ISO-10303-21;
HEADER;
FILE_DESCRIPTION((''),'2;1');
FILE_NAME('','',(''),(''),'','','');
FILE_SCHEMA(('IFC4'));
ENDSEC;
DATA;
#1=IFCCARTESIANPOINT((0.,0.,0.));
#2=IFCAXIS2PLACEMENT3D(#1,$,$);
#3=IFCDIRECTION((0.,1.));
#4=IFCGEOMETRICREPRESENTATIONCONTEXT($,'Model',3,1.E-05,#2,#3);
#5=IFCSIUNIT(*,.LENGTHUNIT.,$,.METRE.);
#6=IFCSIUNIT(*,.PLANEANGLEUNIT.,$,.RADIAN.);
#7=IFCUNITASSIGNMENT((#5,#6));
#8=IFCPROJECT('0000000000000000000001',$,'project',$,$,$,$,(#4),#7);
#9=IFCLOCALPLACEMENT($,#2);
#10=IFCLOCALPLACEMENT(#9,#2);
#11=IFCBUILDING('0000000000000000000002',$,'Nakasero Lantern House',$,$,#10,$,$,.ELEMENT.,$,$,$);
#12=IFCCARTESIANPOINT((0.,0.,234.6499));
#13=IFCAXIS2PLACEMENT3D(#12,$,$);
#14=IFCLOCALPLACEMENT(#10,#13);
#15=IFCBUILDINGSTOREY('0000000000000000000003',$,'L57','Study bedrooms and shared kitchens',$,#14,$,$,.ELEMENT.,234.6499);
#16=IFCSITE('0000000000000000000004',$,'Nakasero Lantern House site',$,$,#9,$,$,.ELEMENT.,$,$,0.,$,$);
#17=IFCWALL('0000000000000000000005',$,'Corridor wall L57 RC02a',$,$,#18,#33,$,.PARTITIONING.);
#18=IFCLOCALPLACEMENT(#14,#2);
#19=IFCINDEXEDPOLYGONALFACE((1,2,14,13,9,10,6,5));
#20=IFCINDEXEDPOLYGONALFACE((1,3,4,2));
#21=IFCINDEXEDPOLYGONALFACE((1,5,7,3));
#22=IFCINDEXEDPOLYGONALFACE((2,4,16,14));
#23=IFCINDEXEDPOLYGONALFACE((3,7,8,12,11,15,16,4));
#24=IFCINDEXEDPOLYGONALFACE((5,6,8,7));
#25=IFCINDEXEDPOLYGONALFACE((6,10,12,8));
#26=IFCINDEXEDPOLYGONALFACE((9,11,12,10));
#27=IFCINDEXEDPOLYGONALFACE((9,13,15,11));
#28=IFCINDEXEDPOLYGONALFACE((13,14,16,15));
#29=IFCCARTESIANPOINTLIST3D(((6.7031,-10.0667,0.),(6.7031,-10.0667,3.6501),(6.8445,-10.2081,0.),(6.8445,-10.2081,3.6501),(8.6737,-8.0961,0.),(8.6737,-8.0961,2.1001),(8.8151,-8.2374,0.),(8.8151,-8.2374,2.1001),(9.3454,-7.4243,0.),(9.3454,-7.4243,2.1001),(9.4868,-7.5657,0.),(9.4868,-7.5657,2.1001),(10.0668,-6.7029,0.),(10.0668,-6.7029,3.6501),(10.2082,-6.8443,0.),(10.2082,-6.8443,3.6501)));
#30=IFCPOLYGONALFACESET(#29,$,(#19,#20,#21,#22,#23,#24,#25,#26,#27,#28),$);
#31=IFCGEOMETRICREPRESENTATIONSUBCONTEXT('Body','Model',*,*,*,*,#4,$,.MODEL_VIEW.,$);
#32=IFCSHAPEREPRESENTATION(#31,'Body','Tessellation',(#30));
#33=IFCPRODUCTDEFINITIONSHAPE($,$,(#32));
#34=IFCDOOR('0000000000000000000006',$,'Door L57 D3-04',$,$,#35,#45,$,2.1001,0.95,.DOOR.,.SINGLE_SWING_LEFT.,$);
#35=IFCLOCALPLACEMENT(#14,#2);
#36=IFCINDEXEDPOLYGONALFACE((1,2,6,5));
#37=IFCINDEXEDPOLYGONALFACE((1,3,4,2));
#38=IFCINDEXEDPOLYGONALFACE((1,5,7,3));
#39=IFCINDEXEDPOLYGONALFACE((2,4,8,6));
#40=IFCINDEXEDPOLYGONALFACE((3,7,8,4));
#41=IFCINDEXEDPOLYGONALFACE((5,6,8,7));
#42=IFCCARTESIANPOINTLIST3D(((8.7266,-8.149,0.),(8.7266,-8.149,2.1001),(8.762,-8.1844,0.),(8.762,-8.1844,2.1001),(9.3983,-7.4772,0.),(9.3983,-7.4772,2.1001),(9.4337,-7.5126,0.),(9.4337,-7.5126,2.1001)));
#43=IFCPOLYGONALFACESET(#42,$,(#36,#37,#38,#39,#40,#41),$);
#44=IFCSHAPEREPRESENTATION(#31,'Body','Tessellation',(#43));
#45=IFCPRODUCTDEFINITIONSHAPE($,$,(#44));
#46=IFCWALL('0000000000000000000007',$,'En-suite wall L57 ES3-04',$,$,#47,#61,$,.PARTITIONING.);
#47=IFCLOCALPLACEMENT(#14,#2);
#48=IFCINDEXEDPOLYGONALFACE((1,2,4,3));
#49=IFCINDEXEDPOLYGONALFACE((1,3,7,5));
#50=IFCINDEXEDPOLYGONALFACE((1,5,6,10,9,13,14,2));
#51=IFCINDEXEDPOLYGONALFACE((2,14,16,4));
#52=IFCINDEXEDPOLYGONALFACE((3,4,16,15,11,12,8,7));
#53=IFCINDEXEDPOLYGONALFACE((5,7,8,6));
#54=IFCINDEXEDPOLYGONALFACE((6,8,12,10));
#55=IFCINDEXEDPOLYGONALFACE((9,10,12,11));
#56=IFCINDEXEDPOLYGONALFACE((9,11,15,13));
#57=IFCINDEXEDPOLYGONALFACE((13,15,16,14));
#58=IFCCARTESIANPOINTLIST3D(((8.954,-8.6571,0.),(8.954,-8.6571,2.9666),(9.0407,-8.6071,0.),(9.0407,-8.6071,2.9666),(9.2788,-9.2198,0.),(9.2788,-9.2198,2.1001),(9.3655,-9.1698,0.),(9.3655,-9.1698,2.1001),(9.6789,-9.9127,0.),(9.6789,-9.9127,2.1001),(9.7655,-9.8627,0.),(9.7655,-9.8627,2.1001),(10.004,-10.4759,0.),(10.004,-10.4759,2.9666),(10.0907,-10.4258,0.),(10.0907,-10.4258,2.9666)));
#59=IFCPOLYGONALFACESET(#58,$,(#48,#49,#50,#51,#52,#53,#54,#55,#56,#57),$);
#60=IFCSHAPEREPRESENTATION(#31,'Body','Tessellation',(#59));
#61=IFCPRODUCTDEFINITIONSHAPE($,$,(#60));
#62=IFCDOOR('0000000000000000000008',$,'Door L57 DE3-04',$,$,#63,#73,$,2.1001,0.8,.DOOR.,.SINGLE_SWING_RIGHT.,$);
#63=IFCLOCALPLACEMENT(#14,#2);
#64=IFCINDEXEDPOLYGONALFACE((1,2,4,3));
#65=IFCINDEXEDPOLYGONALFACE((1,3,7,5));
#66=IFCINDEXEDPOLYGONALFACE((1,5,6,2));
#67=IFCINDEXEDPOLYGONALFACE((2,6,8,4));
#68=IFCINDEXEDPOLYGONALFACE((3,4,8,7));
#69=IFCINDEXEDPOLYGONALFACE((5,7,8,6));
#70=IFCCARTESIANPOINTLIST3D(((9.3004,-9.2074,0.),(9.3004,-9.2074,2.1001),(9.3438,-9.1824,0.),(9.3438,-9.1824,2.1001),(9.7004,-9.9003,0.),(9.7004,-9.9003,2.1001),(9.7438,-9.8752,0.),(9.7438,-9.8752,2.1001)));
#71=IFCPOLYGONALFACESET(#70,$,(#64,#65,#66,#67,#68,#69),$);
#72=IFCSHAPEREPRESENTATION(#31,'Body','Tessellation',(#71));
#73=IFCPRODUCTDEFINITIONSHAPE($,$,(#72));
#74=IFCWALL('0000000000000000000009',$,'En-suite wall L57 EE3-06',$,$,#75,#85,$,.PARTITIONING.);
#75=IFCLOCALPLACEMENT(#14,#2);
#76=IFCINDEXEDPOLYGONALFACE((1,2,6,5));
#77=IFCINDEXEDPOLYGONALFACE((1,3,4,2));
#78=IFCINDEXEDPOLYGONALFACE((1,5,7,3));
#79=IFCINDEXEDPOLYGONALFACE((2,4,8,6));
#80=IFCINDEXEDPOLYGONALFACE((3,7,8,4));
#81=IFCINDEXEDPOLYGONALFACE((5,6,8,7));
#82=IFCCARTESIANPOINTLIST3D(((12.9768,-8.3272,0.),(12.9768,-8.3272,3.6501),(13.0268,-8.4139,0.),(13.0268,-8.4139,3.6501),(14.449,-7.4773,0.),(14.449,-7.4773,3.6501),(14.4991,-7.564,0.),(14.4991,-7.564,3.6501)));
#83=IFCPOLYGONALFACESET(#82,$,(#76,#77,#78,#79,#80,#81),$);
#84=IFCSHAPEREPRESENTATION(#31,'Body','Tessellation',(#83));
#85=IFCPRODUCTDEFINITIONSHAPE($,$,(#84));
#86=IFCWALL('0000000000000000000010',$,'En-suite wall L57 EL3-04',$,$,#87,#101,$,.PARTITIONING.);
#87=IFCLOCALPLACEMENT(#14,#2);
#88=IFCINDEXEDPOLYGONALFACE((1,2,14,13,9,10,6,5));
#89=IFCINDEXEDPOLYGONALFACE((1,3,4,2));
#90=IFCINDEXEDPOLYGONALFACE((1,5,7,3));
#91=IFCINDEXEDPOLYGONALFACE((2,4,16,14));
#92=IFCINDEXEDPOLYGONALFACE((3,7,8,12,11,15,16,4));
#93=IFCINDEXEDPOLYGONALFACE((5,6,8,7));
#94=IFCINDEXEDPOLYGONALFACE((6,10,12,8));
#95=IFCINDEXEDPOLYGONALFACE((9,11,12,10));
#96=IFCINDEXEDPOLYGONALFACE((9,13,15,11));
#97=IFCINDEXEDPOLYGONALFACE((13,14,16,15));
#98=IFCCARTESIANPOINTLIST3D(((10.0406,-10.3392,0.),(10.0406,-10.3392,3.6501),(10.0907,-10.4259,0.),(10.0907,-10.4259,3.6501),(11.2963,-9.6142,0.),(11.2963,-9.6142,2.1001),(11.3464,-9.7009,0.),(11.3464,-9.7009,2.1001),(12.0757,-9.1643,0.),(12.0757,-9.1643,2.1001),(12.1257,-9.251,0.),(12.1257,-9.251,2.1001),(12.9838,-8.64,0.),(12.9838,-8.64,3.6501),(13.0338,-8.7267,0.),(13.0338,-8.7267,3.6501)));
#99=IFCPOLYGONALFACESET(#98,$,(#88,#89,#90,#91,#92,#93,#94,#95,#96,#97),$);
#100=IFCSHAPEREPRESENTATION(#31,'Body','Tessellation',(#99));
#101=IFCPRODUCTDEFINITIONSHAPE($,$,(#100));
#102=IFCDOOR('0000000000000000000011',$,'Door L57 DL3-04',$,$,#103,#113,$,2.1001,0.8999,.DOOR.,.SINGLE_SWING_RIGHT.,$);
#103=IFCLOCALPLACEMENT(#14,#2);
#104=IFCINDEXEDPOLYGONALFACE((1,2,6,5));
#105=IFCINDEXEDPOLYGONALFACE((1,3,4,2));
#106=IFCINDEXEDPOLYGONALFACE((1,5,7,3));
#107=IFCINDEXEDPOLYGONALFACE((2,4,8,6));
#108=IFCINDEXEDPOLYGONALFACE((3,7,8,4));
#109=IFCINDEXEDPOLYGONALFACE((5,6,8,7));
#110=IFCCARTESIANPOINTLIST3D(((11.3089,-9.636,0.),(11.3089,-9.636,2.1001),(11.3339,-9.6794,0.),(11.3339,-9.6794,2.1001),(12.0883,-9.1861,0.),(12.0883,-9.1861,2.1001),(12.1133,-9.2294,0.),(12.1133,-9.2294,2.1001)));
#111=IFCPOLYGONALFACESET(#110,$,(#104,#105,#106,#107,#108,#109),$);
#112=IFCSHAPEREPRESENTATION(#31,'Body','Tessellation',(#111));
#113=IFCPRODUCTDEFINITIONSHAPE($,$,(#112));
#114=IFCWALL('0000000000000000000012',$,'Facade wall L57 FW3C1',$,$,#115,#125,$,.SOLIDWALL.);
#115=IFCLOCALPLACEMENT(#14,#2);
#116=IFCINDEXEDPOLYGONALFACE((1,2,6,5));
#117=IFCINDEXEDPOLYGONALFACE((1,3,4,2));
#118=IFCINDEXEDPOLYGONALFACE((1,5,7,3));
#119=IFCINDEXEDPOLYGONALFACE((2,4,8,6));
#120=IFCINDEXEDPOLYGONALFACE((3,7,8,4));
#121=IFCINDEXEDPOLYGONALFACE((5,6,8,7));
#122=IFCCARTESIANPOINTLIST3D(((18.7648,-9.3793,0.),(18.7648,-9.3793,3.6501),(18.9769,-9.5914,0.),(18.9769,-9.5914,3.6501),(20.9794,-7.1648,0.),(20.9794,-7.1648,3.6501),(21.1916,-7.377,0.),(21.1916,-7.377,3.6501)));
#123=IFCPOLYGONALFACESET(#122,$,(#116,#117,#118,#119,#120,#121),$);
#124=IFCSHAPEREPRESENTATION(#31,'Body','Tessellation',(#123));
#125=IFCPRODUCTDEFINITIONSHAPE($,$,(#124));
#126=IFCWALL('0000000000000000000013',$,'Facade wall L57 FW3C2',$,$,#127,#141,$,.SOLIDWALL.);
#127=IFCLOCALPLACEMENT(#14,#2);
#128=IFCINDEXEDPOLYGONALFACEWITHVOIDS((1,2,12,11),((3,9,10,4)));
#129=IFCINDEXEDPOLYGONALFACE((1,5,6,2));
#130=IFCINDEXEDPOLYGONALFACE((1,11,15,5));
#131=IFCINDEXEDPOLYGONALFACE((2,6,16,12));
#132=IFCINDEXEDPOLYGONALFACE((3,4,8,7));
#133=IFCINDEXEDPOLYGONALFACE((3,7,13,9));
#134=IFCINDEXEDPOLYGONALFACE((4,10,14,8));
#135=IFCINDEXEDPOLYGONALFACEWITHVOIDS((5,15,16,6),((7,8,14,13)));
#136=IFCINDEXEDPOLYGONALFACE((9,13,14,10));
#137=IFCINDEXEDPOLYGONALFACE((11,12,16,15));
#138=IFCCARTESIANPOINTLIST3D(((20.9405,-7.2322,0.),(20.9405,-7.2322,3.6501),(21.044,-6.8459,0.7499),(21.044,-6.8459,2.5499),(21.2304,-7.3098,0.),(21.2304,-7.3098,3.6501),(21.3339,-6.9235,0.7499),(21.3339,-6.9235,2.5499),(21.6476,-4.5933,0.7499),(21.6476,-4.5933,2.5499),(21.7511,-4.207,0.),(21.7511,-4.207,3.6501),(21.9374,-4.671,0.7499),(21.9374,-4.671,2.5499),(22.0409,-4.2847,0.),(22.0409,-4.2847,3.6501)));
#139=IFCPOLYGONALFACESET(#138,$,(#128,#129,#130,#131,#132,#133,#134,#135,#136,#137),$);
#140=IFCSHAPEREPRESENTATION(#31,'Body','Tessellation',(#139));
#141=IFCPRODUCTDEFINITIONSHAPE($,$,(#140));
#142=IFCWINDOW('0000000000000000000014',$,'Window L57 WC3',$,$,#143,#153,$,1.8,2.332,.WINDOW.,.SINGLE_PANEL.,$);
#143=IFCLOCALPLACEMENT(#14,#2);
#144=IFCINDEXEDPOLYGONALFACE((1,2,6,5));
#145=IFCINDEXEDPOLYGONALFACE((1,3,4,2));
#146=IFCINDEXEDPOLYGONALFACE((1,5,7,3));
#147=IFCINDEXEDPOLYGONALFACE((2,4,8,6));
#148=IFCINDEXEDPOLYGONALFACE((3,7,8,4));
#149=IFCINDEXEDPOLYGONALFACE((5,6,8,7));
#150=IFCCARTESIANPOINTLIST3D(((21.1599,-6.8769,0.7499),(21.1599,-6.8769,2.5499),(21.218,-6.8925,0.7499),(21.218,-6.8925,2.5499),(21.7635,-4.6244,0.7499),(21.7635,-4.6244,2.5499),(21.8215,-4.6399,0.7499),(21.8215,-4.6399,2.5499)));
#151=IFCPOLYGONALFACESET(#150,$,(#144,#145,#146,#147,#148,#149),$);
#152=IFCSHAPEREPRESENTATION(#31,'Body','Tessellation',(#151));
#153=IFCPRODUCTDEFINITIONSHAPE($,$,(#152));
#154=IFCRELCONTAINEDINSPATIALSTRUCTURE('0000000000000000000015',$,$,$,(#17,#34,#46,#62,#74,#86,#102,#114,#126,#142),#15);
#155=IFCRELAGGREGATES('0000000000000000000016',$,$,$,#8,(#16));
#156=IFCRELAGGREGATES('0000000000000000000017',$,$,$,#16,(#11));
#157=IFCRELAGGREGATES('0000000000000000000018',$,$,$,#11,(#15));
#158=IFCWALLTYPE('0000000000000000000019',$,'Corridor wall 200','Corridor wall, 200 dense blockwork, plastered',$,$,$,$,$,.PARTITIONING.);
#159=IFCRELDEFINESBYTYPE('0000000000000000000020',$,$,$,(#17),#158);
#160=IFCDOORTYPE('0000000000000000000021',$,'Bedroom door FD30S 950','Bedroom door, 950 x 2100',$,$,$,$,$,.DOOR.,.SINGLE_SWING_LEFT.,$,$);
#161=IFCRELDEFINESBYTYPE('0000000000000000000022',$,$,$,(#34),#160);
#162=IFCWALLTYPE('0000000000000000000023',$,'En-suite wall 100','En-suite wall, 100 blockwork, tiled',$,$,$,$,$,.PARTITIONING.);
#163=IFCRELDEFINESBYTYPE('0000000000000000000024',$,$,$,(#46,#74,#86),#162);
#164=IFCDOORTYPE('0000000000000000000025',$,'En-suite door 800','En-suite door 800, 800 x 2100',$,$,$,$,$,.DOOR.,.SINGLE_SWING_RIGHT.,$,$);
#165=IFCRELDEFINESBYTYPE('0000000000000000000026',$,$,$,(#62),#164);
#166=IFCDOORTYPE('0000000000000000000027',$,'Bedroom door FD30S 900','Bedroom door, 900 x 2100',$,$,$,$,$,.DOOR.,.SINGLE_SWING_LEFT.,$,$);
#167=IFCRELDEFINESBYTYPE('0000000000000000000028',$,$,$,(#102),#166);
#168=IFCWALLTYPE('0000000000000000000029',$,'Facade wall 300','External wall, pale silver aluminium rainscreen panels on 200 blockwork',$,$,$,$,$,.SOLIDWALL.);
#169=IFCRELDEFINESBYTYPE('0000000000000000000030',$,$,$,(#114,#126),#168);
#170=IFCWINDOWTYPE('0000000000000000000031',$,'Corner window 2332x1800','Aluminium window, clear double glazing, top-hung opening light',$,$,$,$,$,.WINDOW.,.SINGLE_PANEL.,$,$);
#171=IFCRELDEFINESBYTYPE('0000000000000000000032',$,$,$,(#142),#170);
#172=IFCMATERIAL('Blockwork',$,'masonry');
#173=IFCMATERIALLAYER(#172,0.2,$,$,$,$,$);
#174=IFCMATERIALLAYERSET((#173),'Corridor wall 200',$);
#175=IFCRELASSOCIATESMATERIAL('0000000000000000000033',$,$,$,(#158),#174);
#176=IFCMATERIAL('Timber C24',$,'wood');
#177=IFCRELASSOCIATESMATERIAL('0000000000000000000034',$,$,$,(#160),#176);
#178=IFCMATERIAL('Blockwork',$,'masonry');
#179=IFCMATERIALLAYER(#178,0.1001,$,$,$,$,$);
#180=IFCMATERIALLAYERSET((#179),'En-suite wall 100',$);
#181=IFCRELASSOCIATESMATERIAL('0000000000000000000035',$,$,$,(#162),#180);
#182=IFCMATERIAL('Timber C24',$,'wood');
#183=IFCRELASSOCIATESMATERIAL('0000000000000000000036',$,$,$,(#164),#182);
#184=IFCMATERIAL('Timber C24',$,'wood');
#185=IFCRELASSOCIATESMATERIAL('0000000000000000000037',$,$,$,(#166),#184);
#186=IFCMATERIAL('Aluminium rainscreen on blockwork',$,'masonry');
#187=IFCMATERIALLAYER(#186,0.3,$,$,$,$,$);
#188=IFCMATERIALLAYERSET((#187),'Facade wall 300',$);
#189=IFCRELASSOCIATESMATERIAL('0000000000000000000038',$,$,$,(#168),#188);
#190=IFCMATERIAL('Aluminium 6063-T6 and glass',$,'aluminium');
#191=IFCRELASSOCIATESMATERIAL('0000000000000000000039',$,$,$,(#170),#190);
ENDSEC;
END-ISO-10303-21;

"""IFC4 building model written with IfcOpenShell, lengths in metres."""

from ifc_helpers import new_model, si_unit, direction, frame, frame_2d, origin, place, context, subcontext, project, spatial, rectangle, extrude, material, layer, layer_set, type_object, element, fill, save


model = new_model("IFC4")

# Units and contexts
model_context = context("Model", 3, precision=1e-05, world=origin(), true_north=direction((0.0, 1.0)))
body_context = subcontext(model_context, "Body", "Model", "MODEL_VIEW")
ifc_project = project(units=[si_unit("LENGTHUNIT", "METRE"), si_unit("PLANEANGLEUNIT", "RADIAN")], contexts=[model_context])

# Site, building, storey
site_placement = place(None, origin())
site = spatial("IfcSite", under=ifc_project, at=site_placement, Name="Nakasero Lantern House site", CompositionType="ELEMENT", RefElevation=0.0)
building_placement = place(site_placement, origin())
building = spatial("IfcBuilding", under=site, at=building_placement, Name="Nakasero Lantern House", CompositionType="ELEMENT")
storey_placement = place(building_placement, frame((0.0, 0.0, 234.6499)))
storey = spatial("IfcBuildingStorey", under=building, at=storey_placement, Name="L57", Description="Study bedrooms and shared kitchens", CompositionType="ELEMENT", Elevation=234.6499)

# Walls, openings, doors
ifc_material_1 = material(Name="Blockwork", Category="masonry")
ifc_layer_1 = layer(ifc_material_1, 0.2)
ifc_layer_set_1 = layer_set([ifc_layer_1], Name="Corridor wall 200")
wall_type_1 = type_object("IfcWallType", Name="Corridor wall 200", Description="Corridor wall, 200 dense blockwork, plastered", PredefinedType="PARTITIONING", material=ifc_layer_set_1)
wall_1_placement = place(storey_placement, frame((10.1375, -6.7737, 0.0), z_axis=(0.0, 0.0, 1.0), x_axis=(-0.707107, -0.707107, 0.0)))
wall_1 = element("IfcWall", 1, at=wall_1_placement, inside=storey, type_object=wall_type_1, Name="Corridor wall L57 RC02a", PredefinedType="PARTITIONING", context=body_context, shape_type="SweptSolid", body=[
    extrude(rectangle(XDim=4.7571, YDim=0.2, at=frame_2d((2.3784, 0.0))), origin(), (0.0, 0.0, 1.0), 3.6501),
])
opening_1_placement = place(wall_1_placement, frame((1.02, 0.0, 0.0)))
opening_1 = element("IfcOpeningElement", 2, at=opening_1_placement, cuts=wall_1, PredefinedType="OPENING", context=body_context, shape_type="SweptSolid", body=[
    extrude(rectangle(XDim=0.95, YDim=2.1001, at=frame_2d((0.4751, 1.05))), frame((0.0, 0.1199, 0.0), z_axis=(0.0, -1.0, 0.0), x_axis=(1.0, 0.0, 0.0)), (0.0, 0.0, 1.0), 0.24),
])
ifc_material_2 = material(Name="Timber C24", Category="wood")
door_type_1 = type_object("IfcDoorType", Name="Bedroom door FD30S 950", Description="Bedroom door, 950 x 2100", OperationType="SINGLE_SWING_LEFT", PredefinedType="DOOR", material=ifc_material_2)
door_1_placement = place(opening_1_placement, origin())
door_1 = element("IfcDoor", 3, at=door_1_placement, inside=storey, type_object=door_type_1, Name="Door L57 D3-04", OperationType="SINGLE_SWING_LEFT", OverallHeight=2.1001, OverallWidth=0.95, PredefinedType="DOOR", context=body_context, shape_type="SweptSolid", body=[
    extrude(rectangle(XDim=0.95, YDim=2.1001, at=frame_2d((0.4751, 1.05))), frame((0.0, 0.0249, 0.0), z_axis=(0.0, -1.0, 0.0), x_axis=(1.0, 0.0, 0.0)), (0.0, 0.0, 1.0), 0.05),
])
fill(opening_1, door_1)
ifc_material_3 = material(Name="Blockwork", Category="masonry")
ifc_layer_2 = layer(ifc_material_3, 0.1001)
ifc_layer_set_2 = layer_set([ifc_layer_2], Name="En-suite wall 100")
wall_type_2 = type_object("IfcWallType", Name="En-suite wall 100", Description="En-suite wall, 100 blockwork, tiled", PredefinedType="PARTITIONING", material=ifc_layer_set_2)
wall_2_placement = place(storey_placement, frame((8.9973, -8.6321, 0.0), z_axis=(0.0, 0.0, 1.0), x_axis=(0.499977, -0.866038, 0.0)))
wall_2 = element("IfcWall", 4, at=wall_2_placement, inside=storey, type_object=wall_type_2, Name="En-suite wall L57 ES3-04", PredefinedType="PARTITIONING", context=body_context, shape_type="SweptSolid", body=[
    extrude(rectangle(XDim=2.1001, YDim=0.1001, at=frame_2d((1.05, 0.0))), origin(), (0.0, 0.0, 1.0), 2.9666),
])
opening_2_placement = place(wall_2_placement, frame((0.6499, 0.0, 0.0)))
opening_2 = element("IfcOpeningElement", 5, at=opening_2_placement, cuts=wall_2, PredefinedType="OPENING", context=body_context, shape_type="SweptSolid", body=[
    extrude(rectangle(XDim=0.8, YDim=2.1001, at=frame_2d((0.3999, 1.05))), frame((0.0, 0.0701, 0.0), z_axis=(0.0, -1.0, 0.0), x_axis=(1.0, 0.0, 0.0)), (0.0, 0.0, 1.0), 0.1401),
])
ifc_material_4 = material(Name="Timber C24", Category="wood")
door_type_2 = type_object("IfcDoorType", Name="En-suite door 800", Description="En-suite door 800, 800 x 2100", OperationType="SINGLE_SWING_RIGHT", PredefinedType="DOOR", material=ifc_material_4)
door_2_placement = place(opening_2_placement, origin())
door_2 = element("IfcDoor", 6, at=door_2_placement, inside=storey, type_object=door_type_2, Name="Door L57 DE3-04", OperationType="SINGLE_SWING_RIGHT", OverallHeight=2.1001, OverallWidth=0.8, PredefinedType="DOOR", context=body_context, shape_type="SweptSolid", body=[
    extrude(rectangle(XDim=0.8, YDim=2.1001, at=frame_2d((0.3999, 1.05))), frame((0.0, 0.0249, 0.0), z_axis=(0.0, -1.0, 0.0), x_axis=(1.0, 0.0, 0.0)), (0.0, 0.0, 1.0), 0.05),
])
fill(opening_2, door_2)

# Wall
wall_3_placement = place(storey_placement, frame((13.0017, -8.3706, 0.0), z_axis=(0.0, 0.0, 1.0), x_axis=(0.866052, 0.499955, 0.0)))
element("IfcWall", 7, at=wall_3_placement, inside=storey, type_object=wall_type_2, Name="En-suite wall L57 EE3-06", PredefinedType="PARTITIONING", context=body_context, shape_type="SweptSolid", body=[
    extrude(rectangle(XDim=1.7, YDim=0.1001, at=frame_2d((0.8501, 0.0))), origin(), (0.0, 0.0, 1.0), 3.6501),
])

# Wall, opening, door
wall_4_placement = place(storey_placement, frame((10.0657, -10.3826, 0.0), z_axis=(0.0, 0.0, 1.0), x_axis=(0.866024, 0.500002, 0.0)))
wall_4 = element("IfcWall", 8, at=wall_4_placement, inside=storey, type_object=wall_type_2, Name="En-suite wall L57 EL3-04", PredefinedType="PARTITIONING", context=body_context, shape_type="SweptSolid", body=[
    extrude(rectangle(XDim=3.3984, YDim=0.1001, at=frame_2d((1.6992, 0.0))), origin(), (0.0, 0.0, 1.0), 3.6501),
])
opening_3_placement = place(wall_4_placement, frame((1.45, 0.0, 0.0)))
opening_3 = element("IfcOpeningElement", 9, at=opening_3_placement, cuts=wall_4, PredefinedType="OPENING", context=body_context, shape_type="SweptSolid", body=[
    extrude(rectangle(XDim=0.8999, YDim=2.1001, at=frame_2d((0.45, 1.05))), frame((0.0, 0.0701, 0.0), z_axis=(0.0, -1.0, 0.0), x_axis=(1.0, 0.0, 0.0)), (0.0, 0.0, 1.0), 0.1401),
])
ifc_material_5 = material(Name="Timber C24", Category="wood")
door_type_3 = type_object("IfcDoorType", Name="Bedroom door FD30S 900", Description="Bedroom door, 900 x 2100", OperationType="SINGLE_SWING_LEFT", PredefinedType="DOOR", material=ifc_material_5)
door_3_placement = place(opening_3_placement, origin())
door_3 = element("IfcDoor", 10, at=door_3_placement, inside=storey, type_object=door_type_3, Name="Door L57 DL3-04", OperationType="SINGLE_SWING_RIGHT", OverallHeight=2.1001, OverallWidth=0.8999, PredefinedType="DOOR", context=body_context, shape_type="SweptSolid", body=[
    extrude(rectangle(XDim=0.8999, YDim=2.1001, at=frame_2d((0.45, 1.05))), frame((0.0, 0.0249, 0.0), z_axis=(0.0, -1.0, 0.0), x_axis=(1.0, 0.0, 0.0)), (0.0, 0.0, 1.0), 0.05),
])
fill(opening_3, door_3)

# Wall
ifc_material_6 = material(Name="Aluminium rainscreen on blockwork", Category="masonry")
ifc_layer_3 = layer(ifc_material_6, 0.3)
ifc_layer_set_3 = layer_set([ifc_layer_3], Name="Facade wall 300")
wall_type_3 = type_object("IfcWallType", Name="Facade wall 300", Description="External wall, pale silver aluminium rainscreen panels on 200 blockwork", PredefinedType="SOLIDWALL", material=ifc_layer_set_3)
wall_5_placement = place(storey_placement, frame((18.8708, -9.4854, 0.0), z_axis=(0.0, 0.0, 1.0), x_axis=(0.707146, 0.707068, 0.0)))
element("IfcWall", 11, at=wall_5_placement, inside=storey, type_object=wall_type_3, Name="Facade wall L57 FW3C1", PredefinedType="SOLIDWALL", context=body_context, shape_type="SweptSolid", body=[
    extrude(rectangle(XDim=3.1318, YDim=0.3, at=frame_2d((1.5659, 0.0))), origin(), (0.0, 0.0, 1.0), 3.6501),
])

# Wall, opening, window
wall_6_placement = place(storey_placement, frame((21.0854, -7.271, 0.0), z_axis=(0.0, 0.0, 1.0), x_axis=(0.258808, 0.965929, 0.0)))
wall_6 = element("IfcWall", 12, at=wall_6_placement, inside=storey, type_object=wall_type_3, Name="Facade wall L57 FW3C2", PredefinedType="SOLIDWALL", context=body_context, shape_type="SweptSolid", body=[
    extrude(rectangle(XDim=3.1318, YDim=0.3, at=frame_2d((1.5659, 0.0))), origin(), (0.0, 0.0, 1.0), 3.6501),
])
opening_4_placement = place(wall_6_placement, frame((0.3999, 0.0, 0.75)))
opening_4 = element("IfcOpeningElement", 13, at=opening_4_placement, cuts=wall_6, PredefinedType="OPENING", context=body_context, shape_type="SweptSolid", body=[
    extrude(rectangle(XDim=2.332, YDim=1.8, at=frame_2d((1.166, 0.8999))), frame((0.0, 0.1699, 0.0), z_axis=(0.0, -1.0, 0.0), x_axis=(1.0, 0.0, 0.0)), (0.0, 0.0, 1.0), 0.3401),
])
ifc_material_7 = material(Name="Aluminium 6063-T6 and glass", Category="aluminium")
window_type = type_object("IfcWindowType", Name="Corner window 2332x1800", Description="Aluminium window, clear double glazing, top-hung opening light", PartitioningType="SINGLE_PANEL", PredefinedType="WINDOW", material=ifc_material_7)
window_placement = place(opening_4_placement, origin())
window = element("IfcWindow", 14, at=window_placement, inside=storey, type_object=window_type, Name="Window L57 WC3", OverallHeight=1.8, OverallWidth=2.332, PartitioningType="SINGLE_PANEL", PredefinedType="WINDOW", context=body_context, shape_type="SweptSolid", body=[
    extrude(rectangle(XDim=2.332, YDim=1.8, at=frame_2d((1.166, 0.8999))), frame((0.0, 0.03, 0.0), z_axis=(0.0, -1.0, 0.0), x_axis=(1.0, 0.0, 0.0)), (0.0, 0.0, 1.0), 0.0601),
])
fill(opening_4, window)

save(model, "model.ifc")
